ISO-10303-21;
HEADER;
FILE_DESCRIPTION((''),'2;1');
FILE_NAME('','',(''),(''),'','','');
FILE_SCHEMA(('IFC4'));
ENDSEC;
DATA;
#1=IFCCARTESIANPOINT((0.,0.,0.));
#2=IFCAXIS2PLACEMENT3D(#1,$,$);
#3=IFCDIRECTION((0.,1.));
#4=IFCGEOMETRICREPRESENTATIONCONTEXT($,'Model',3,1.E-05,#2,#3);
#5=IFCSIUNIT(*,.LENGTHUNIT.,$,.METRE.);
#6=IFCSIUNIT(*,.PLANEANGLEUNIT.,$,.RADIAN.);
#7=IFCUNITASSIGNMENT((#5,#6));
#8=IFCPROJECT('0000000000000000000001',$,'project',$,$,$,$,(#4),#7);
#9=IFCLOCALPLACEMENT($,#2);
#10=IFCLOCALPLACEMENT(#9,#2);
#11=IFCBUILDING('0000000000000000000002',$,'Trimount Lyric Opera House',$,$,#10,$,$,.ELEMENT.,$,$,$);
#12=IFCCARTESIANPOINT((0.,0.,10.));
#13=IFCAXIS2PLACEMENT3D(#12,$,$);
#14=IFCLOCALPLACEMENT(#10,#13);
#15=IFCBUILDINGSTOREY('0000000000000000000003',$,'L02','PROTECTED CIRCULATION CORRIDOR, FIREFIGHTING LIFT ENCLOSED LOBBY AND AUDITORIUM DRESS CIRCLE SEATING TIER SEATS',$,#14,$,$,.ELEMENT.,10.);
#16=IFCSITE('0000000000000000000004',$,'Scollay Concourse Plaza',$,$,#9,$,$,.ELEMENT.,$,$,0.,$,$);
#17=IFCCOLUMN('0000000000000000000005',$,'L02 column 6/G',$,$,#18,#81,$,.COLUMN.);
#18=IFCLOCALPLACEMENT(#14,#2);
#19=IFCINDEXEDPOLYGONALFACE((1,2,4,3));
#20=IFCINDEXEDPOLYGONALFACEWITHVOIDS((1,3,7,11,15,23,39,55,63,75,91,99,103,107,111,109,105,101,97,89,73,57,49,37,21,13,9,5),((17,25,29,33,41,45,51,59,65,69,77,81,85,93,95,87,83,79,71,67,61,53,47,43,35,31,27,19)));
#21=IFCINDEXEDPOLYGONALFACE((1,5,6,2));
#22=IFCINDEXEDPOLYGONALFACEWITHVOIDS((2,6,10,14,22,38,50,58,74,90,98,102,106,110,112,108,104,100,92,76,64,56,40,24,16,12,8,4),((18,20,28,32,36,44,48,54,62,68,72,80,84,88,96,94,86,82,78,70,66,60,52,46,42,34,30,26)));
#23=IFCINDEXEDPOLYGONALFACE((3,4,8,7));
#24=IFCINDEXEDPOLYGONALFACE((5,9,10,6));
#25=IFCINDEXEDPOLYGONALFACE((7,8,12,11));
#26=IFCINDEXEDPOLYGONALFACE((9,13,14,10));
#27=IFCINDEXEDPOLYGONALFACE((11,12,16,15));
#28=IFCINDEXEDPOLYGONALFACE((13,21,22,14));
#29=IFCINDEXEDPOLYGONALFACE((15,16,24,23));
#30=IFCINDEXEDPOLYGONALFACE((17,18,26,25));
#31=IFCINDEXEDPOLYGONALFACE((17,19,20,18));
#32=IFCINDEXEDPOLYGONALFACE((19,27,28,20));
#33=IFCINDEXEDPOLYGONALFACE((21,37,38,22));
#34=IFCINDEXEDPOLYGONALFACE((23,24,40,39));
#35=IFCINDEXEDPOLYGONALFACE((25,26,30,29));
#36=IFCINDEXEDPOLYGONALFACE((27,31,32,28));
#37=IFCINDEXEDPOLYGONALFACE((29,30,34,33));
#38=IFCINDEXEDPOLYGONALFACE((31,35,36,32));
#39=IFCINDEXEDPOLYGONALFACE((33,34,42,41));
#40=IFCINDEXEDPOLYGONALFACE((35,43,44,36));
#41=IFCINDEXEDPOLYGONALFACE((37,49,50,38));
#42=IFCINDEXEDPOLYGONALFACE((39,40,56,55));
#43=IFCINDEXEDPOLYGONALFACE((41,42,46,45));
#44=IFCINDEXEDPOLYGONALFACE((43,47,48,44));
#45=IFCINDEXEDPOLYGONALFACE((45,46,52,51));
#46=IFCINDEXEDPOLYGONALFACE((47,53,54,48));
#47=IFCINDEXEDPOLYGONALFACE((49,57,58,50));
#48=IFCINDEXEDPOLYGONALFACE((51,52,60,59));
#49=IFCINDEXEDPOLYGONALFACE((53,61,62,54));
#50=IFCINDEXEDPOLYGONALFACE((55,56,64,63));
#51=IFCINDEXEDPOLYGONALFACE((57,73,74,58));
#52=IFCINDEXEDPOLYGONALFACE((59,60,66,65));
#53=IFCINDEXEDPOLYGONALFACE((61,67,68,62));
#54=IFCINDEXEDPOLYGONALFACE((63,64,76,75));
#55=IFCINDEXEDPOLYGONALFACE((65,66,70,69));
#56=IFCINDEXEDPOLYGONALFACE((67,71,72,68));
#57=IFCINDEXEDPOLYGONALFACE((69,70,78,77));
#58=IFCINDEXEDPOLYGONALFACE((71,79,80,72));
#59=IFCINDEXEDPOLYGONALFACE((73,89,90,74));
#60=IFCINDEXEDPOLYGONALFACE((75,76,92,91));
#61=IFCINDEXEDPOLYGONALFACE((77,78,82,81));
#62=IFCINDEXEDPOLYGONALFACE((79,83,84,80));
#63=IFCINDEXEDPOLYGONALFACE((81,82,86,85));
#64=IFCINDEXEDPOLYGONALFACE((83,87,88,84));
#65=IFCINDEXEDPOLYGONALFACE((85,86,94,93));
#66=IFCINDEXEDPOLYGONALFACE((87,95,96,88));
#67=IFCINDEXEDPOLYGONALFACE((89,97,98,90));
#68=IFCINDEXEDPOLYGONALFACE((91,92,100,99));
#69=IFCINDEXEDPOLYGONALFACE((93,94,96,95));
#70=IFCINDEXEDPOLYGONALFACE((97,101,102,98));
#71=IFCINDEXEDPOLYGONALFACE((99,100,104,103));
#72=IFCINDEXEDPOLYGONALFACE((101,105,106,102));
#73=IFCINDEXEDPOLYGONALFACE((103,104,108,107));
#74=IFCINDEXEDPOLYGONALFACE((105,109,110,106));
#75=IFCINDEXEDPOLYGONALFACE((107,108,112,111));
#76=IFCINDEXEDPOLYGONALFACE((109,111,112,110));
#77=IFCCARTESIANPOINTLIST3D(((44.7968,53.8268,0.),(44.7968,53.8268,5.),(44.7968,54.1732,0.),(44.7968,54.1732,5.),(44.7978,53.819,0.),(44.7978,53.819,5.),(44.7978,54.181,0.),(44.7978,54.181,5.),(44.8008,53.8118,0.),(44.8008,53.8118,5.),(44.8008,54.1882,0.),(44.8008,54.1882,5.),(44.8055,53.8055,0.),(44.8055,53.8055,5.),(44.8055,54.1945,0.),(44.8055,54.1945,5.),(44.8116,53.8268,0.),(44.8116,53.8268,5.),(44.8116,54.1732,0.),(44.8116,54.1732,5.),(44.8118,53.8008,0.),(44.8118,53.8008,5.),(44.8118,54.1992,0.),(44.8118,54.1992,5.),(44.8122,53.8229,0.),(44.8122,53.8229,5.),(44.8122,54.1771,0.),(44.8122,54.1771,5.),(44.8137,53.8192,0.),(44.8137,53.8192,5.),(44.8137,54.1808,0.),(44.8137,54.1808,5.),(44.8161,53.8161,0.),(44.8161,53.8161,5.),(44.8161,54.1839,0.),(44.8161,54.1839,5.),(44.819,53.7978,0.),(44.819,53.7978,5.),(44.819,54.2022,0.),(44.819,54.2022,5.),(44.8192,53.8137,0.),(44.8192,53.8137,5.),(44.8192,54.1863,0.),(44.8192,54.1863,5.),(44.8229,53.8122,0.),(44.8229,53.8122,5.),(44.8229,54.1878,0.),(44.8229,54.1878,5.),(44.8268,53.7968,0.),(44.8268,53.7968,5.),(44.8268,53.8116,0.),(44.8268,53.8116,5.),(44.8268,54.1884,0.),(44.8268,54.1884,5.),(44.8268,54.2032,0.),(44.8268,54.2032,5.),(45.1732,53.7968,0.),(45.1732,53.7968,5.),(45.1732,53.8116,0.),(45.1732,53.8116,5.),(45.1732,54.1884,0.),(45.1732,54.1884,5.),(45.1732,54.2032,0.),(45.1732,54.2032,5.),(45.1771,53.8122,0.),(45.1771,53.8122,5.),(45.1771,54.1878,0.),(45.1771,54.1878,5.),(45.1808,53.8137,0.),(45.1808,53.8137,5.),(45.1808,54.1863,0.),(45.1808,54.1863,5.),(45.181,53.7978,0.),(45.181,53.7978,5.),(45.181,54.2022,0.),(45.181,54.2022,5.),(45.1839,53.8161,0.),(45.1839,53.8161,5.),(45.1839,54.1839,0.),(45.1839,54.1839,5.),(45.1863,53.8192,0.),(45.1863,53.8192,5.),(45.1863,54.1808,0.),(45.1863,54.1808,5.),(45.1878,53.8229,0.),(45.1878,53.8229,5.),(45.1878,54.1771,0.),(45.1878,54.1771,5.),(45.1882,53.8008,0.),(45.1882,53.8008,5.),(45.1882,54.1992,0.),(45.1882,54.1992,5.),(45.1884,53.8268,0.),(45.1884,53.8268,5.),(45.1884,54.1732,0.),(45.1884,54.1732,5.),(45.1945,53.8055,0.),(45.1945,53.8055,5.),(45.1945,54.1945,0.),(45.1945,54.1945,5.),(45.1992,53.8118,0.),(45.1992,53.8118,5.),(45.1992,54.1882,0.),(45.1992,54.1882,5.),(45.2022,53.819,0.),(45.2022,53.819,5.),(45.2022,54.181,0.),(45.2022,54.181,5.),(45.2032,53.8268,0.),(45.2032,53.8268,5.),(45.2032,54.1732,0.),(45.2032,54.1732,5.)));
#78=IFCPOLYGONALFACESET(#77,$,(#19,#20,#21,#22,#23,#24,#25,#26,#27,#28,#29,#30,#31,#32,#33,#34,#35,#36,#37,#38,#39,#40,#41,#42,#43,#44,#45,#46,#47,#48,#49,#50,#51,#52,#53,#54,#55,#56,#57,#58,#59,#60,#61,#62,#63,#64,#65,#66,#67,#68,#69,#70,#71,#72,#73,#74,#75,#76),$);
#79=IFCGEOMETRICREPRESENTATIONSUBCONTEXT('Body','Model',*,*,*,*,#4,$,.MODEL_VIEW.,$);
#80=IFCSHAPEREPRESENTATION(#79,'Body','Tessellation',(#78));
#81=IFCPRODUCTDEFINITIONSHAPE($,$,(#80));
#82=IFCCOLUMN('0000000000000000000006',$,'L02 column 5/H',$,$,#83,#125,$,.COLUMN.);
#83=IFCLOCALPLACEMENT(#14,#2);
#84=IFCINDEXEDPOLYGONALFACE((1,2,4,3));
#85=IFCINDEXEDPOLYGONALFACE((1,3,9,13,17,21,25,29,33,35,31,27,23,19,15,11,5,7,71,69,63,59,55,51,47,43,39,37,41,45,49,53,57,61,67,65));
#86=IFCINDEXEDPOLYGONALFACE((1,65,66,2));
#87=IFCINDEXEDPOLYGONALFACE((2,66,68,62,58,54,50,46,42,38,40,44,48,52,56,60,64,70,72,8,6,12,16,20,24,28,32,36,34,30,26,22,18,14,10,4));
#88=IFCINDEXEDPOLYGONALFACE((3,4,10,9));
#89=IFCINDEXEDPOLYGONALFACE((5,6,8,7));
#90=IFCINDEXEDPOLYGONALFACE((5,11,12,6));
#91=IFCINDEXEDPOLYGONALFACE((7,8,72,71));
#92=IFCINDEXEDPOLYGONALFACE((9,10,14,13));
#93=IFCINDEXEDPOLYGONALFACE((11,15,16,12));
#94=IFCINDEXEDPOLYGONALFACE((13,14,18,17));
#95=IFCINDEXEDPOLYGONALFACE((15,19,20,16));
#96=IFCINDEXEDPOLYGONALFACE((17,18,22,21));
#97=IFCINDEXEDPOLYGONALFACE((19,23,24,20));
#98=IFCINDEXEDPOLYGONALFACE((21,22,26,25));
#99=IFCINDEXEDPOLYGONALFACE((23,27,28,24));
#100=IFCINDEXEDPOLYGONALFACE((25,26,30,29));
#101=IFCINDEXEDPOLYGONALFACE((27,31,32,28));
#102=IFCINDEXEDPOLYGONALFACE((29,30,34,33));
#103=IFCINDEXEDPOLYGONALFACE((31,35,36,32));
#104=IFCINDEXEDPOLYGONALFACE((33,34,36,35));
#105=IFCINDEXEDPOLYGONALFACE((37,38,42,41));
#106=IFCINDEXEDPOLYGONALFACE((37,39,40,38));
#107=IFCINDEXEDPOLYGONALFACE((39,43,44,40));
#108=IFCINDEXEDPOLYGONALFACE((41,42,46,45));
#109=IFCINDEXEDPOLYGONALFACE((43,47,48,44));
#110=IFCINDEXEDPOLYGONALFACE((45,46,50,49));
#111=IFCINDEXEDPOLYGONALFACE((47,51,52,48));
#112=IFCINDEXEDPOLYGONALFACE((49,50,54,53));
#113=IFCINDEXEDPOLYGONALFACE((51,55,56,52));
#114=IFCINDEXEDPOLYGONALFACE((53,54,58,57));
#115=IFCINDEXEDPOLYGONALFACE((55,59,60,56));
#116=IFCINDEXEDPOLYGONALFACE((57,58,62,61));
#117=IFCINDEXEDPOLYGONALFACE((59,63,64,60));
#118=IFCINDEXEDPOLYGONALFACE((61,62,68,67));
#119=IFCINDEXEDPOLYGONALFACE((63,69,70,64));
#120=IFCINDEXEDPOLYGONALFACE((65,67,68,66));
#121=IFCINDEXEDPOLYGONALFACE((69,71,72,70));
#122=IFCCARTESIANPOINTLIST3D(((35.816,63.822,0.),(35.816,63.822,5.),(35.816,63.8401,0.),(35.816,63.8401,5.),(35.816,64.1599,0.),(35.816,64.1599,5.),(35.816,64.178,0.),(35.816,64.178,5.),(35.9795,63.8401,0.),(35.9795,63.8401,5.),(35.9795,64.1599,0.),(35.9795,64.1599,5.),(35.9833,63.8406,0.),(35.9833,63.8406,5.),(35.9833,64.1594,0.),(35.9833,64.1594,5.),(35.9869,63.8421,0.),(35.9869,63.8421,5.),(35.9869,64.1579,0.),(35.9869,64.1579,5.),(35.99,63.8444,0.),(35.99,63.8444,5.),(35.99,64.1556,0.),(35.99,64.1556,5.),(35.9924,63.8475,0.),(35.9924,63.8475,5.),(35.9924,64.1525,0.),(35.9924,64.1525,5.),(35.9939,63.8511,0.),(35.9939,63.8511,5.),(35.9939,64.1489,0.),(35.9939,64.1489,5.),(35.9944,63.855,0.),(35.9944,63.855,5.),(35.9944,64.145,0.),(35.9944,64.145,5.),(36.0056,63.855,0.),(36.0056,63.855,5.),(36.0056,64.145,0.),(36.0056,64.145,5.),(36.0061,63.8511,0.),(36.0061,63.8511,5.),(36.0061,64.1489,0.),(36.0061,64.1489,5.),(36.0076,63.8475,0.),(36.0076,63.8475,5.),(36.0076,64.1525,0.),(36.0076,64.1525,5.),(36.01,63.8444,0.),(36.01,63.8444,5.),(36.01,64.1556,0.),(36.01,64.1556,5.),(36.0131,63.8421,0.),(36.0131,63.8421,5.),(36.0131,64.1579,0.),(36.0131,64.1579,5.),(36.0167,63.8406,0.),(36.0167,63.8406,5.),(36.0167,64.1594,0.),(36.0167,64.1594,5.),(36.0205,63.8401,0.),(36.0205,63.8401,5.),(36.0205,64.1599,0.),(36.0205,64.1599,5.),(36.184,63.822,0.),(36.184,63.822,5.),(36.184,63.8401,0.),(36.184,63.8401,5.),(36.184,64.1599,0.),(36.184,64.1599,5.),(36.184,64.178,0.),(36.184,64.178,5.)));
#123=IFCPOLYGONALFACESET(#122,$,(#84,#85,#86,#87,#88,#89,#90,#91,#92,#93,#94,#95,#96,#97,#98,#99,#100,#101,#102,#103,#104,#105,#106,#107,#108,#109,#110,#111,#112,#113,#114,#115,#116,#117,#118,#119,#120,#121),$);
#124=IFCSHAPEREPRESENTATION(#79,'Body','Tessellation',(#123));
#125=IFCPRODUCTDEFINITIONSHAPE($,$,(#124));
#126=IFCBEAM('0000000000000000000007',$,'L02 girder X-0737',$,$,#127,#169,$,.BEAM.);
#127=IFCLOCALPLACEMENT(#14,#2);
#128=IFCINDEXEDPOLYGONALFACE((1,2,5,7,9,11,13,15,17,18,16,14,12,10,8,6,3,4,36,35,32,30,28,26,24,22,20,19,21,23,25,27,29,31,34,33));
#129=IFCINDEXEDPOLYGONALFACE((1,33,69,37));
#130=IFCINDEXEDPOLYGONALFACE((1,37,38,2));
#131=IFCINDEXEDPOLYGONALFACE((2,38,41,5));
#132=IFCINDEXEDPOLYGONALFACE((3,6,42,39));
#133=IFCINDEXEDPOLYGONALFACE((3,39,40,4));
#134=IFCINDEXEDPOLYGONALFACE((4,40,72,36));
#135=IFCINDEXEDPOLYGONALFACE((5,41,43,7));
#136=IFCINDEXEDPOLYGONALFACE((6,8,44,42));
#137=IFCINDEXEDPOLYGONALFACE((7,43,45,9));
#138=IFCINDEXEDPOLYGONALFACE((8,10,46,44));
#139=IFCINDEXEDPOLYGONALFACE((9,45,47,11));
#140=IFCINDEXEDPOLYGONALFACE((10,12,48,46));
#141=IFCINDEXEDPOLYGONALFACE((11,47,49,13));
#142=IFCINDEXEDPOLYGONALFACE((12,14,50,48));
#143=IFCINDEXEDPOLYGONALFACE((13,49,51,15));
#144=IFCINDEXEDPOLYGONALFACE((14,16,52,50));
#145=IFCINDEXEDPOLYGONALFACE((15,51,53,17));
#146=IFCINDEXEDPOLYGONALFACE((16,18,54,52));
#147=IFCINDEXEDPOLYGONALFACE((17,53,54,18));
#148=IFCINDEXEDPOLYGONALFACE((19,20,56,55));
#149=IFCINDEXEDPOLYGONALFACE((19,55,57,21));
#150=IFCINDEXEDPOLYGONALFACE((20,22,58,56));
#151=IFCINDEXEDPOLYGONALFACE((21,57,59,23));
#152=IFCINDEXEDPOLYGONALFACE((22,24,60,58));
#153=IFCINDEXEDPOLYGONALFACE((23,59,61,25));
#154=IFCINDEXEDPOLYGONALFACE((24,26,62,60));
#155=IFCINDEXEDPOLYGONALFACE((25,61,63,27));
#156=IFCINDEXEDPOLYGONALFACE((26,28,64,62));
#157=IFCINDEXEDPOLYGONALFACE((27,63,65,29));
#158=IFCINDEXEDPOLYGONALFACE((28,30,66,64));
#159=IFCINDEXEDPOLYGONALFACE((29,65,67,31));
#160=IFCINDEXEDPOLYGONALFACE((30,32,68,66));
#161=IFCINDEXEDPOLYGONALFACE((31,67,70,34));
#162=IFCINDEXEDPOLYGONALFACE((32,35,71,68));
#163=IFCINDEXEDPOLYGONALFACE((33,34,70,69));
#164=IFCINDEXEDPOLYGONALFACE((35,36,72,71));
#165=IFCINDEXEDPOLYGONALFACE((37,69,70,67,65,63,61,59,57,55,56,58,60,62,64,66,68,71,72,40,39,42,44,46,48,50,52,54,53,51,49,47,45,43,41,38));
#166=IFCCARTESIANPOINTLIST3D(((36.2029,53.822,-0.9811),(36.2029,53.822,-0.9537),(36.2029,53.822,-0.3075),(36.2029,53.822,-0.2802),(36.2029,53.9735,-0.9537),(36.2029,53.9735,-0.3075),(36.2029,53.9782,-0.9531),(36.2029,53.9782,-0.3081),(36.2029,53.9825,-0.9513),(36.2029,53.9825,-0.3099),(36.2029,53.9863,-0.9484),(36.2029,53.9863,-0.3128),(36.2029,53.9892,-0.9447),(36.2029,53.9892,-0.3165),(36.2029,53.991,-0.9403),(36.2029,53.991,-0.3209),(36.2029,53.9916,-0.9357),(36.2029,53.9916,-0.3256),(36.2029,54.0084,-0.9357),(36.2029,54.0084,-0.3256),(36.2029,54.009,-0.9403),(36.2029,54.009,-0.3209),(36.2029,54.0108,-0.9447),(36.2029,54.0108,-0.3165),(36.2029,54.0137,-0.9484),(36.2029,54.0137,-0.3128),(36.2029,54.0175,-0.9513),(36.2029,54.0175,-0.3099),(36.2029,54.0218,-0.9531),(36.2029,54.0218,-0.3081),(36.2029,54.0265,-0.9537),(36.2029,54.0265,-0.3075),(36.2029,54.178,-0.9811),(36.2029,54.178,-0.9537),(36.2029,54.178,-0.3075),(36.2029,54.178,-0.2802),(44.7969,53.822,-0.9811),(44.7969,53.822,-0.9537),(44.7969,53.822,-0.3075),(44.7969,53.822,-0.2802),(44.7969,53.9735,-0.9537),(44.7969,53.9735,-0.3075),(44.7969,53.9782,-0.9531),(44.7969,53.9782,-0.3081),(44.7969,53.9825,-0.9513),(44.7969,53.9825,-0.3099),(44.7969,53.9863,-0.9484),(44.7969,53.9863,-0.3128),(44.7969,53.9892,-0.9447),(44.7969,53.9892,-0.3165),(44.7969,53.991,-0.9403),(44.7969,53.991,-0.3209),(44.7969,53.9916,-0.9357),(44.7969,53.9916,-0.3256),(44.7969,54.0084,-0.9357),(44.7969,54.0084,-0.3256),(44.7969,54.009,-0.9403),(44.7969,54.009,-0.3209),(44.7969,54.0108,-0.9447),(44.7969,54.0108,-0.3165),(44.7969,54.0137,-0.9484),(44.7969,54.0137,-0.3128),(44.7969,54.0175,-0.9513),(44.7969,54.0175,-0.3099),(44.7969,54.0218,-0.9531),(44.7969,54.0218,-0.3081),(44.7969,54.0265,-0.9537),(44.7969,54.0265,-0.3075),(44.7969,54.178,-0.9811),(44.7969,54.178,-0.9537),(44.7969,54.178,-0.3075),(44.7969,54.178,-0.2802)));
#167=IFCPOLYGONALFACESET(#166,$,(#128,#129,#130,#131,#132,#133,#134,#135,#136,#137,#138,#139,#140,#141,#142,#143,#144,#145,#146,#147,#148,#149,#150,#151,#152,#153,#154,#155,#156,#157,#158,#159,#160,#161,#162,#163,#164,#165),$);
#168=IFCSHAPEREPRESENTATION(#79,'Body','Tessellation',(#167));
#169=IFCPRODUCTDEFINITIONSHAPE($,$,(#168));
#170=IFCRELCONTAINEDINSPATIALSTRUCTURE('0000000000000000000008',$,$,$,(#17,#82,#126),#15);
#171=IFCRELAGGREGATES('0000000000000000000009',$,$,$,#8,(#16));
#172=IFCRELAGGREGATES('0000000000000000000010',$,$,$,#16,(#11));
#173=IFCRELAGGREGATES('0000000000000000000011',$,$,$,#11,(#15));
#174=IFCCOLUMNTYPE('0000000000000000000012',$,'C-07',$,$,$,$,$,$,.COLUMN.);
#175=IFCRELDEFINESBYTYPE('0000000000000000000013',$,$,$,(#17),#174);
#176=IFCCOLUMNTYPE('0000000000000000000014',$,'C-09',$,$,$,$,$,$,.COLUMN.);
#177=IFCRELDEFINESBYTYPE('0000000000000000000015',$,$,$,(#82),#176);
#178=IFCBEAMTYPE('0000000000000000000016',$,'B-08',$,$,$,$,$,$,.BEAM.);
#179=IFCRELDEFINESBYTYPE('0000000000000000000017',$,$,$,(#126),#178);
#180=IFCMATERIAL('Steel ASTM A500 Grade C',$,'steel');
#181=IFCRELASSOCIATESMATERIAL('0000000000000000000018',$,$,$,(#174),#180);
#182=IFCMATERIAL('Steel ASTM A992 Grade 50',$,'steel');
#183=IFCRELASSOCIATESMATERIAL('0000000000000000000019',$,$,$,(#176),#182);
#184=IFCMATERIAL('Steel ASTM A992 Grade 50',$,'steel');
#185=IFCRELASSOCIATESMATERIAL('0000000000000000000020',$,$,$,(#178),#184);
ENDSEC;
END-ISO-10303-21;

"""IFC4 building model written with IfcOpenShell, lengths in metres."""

from ifc_helpers import new_model, si_unit, direction, frame, origin, origin_2d, place, context, subcontext, project, spatial, hollow_rectangle, i_section, extrude, material, material_profile, profile_set, type_object, element, save


model = new_model("IFC4")

# Units and contexts
model_context = context("Model", 3, precision=1e-05, world=origin(), true_north=direction((0.0, 1.0)))
body_context = subcontext(model_context, "Body", "Model", "MODEL_VIEW")
ifc_project = project(units=[si_unit("LENGTHUNIT", "METRE"), si_unit("PLANEANGLEUNIT", "RADIAN")], contexts=[model_context])

# Site, building, storey
site_placement = place(None, origin())
site = spatial("IfcSite", under=ifc_project, at=site_placement, Name="Scollay Concourse Plaza", CompositionType="ELEMENT", RefElevation=0.0)
building_placement = place(site_placement, origin())
building = spatial("IfcBuilding", under=site, at=building_placement, Name="Trimount Lyric Opera House", CompositionType="ELEMENT")
storey_placement = place(building_placement, frame((0.0, 0.0, 10.0)))
storey = spatial("IfcBuildingStorey", under=building, at=storey_placement, Name="L02", Description="PROTECTED CIRCULATION CORRIDOR, FIREFIGHTING LIFT ENCLOSED LOBBY AND AUDITORIUM DRESS CIRCLE SEATING TIER SEATS", CompositionType="ELEMENT", Elevation=10.0)

# Columns
ifc_material_1 = material(Name="Steel ASTM A500 Grade C", Category="steel")
ifc_material_profile_1 = material_profile(ifc_material_1, hollow_rectangle(XDim=0.4065, YDim=0.4065, WallThickness=0.0149, InnerFilletRadius=0.0151, OuterFilletRadius=0.03, at=origin_2d()), Name="HSS406.4X406.4X15.9")
ifc_profile_set_1 = profile_set([ifc_material_profile_1], Name="Steel ASTM A500 Grade C")
column_type_1 = type_object("IfcColumnType", Name="C-07", PredefinedType="COLUMN", material=ifc_profile_set_1)
column_1_placement = place(storey_placement, frame((45.0, 54.0, 0.0), z_axis=(0.0, 0.0, 1.0), x_axis=(1.0, 0.0, 0.0)))
element("IfcColumn", 1, at=column_1_placement, inside=storey, type_object=column_type_1, Name="L02 column 6/G", PredefinedType="COLUMN", context=body_context, shape_type="SweptSolid", body=[
    extrude(hollow_rectangle(XDim=0.4065, YDim=0.4065, WallThickness=0.0149, InnerFilletRadius=0.0151, OuterFilletRadius=0.03, at=origin_2d()), origin(), (0.0, 0.0, 1.0), 5.0),
])
ifc_material_2 = material(Name="Steel ASTM A992 Grade 50", Category="steel")
ifc_material_profile_2 = material_profile(ifc_material_2, i_section(OverallWidth=0.3679, OverallDepth=0.356, WebThickness=0.0112, FlangeThickness=0.0181, FilletRadius=0.0149, at=origin_2d()), Name="W14X90")
ifc_profile_set_2 = profile_set([ifc_material_profile_2], Name="Steel ASTM A992 Grade 50")
column_type_2 = type_object("IfcColumnType", Name="C-09", PredefinedType="COLUMN", material=ifc_profile_set_2)
column_2_placement = place(storey_placement, frame((36.0, 64.0, 0.0), z_axis=(0.0, 0.0, 1.0), x_axis=(1.0, 0.0, 0.0)))
element("IfcColumn", 2, at=column_2_placement, inside=storey, type_object=column_type_2, Name="L02 column 5/H", PredefinedType="COLUMN", context=body_context, shape_type="SweptSolid", body=[
    extrude(i_section(OverallWidth=0.3679, OverallDepth=0.356, WebThickness=0.0112, FlangeThickness=0.0181, FilletRadius=0.0149, at=origin_2d()), origin(), (0.0, 0.0, 1.0), 5.0),
])

# Beam
ifc_material_3 = material(Name="Steel ASTM A992 Grade 50", Category="steel")
ifc_material_profile_3 = material_profile(ifc_material_3, i_section(OverallWidth=0.356, OverallDepth=0.7009, WebThickness=0.0168, FlangeThickness=0.0273, FilletRadius=0.0181, at=origin_2d()), Name="W27X161")
ifc_profile_set_3 = profile_set([ifc_material_profile_3], Name="Steel ASTM A992 Grade 50")
beam_type_1 = type_object("IfcBeamType", Name="B-08", PredefinedType="BEAM", material=ifc_profile_set_3)
beam_1_placement = place(storey_placement, frame((36.2029, 54.0, -0.6306), z_axis=(1.0, 0.0, 0.0), x_axis=(0.0, 1.0, 0.0)))
element("IfcBeam", 3, at=beam_1_placement, inside=storey, type_object=beam_type_1, Name="L02 girder X-0737", PredefinedType="BEAM", context=body_context, shape_type="SweptSolid", body=[
    extrude(i_section(OverallWidth=0.356, OverallDepth=0.7009, WebThickness=0.0168, FlangeThickness=0.0273, FilletRadius=0.0181, at=origin_2d()), origin(), (0.0, 0.0, 1.0), 8.594),
])

save(model, "model.ifc")
